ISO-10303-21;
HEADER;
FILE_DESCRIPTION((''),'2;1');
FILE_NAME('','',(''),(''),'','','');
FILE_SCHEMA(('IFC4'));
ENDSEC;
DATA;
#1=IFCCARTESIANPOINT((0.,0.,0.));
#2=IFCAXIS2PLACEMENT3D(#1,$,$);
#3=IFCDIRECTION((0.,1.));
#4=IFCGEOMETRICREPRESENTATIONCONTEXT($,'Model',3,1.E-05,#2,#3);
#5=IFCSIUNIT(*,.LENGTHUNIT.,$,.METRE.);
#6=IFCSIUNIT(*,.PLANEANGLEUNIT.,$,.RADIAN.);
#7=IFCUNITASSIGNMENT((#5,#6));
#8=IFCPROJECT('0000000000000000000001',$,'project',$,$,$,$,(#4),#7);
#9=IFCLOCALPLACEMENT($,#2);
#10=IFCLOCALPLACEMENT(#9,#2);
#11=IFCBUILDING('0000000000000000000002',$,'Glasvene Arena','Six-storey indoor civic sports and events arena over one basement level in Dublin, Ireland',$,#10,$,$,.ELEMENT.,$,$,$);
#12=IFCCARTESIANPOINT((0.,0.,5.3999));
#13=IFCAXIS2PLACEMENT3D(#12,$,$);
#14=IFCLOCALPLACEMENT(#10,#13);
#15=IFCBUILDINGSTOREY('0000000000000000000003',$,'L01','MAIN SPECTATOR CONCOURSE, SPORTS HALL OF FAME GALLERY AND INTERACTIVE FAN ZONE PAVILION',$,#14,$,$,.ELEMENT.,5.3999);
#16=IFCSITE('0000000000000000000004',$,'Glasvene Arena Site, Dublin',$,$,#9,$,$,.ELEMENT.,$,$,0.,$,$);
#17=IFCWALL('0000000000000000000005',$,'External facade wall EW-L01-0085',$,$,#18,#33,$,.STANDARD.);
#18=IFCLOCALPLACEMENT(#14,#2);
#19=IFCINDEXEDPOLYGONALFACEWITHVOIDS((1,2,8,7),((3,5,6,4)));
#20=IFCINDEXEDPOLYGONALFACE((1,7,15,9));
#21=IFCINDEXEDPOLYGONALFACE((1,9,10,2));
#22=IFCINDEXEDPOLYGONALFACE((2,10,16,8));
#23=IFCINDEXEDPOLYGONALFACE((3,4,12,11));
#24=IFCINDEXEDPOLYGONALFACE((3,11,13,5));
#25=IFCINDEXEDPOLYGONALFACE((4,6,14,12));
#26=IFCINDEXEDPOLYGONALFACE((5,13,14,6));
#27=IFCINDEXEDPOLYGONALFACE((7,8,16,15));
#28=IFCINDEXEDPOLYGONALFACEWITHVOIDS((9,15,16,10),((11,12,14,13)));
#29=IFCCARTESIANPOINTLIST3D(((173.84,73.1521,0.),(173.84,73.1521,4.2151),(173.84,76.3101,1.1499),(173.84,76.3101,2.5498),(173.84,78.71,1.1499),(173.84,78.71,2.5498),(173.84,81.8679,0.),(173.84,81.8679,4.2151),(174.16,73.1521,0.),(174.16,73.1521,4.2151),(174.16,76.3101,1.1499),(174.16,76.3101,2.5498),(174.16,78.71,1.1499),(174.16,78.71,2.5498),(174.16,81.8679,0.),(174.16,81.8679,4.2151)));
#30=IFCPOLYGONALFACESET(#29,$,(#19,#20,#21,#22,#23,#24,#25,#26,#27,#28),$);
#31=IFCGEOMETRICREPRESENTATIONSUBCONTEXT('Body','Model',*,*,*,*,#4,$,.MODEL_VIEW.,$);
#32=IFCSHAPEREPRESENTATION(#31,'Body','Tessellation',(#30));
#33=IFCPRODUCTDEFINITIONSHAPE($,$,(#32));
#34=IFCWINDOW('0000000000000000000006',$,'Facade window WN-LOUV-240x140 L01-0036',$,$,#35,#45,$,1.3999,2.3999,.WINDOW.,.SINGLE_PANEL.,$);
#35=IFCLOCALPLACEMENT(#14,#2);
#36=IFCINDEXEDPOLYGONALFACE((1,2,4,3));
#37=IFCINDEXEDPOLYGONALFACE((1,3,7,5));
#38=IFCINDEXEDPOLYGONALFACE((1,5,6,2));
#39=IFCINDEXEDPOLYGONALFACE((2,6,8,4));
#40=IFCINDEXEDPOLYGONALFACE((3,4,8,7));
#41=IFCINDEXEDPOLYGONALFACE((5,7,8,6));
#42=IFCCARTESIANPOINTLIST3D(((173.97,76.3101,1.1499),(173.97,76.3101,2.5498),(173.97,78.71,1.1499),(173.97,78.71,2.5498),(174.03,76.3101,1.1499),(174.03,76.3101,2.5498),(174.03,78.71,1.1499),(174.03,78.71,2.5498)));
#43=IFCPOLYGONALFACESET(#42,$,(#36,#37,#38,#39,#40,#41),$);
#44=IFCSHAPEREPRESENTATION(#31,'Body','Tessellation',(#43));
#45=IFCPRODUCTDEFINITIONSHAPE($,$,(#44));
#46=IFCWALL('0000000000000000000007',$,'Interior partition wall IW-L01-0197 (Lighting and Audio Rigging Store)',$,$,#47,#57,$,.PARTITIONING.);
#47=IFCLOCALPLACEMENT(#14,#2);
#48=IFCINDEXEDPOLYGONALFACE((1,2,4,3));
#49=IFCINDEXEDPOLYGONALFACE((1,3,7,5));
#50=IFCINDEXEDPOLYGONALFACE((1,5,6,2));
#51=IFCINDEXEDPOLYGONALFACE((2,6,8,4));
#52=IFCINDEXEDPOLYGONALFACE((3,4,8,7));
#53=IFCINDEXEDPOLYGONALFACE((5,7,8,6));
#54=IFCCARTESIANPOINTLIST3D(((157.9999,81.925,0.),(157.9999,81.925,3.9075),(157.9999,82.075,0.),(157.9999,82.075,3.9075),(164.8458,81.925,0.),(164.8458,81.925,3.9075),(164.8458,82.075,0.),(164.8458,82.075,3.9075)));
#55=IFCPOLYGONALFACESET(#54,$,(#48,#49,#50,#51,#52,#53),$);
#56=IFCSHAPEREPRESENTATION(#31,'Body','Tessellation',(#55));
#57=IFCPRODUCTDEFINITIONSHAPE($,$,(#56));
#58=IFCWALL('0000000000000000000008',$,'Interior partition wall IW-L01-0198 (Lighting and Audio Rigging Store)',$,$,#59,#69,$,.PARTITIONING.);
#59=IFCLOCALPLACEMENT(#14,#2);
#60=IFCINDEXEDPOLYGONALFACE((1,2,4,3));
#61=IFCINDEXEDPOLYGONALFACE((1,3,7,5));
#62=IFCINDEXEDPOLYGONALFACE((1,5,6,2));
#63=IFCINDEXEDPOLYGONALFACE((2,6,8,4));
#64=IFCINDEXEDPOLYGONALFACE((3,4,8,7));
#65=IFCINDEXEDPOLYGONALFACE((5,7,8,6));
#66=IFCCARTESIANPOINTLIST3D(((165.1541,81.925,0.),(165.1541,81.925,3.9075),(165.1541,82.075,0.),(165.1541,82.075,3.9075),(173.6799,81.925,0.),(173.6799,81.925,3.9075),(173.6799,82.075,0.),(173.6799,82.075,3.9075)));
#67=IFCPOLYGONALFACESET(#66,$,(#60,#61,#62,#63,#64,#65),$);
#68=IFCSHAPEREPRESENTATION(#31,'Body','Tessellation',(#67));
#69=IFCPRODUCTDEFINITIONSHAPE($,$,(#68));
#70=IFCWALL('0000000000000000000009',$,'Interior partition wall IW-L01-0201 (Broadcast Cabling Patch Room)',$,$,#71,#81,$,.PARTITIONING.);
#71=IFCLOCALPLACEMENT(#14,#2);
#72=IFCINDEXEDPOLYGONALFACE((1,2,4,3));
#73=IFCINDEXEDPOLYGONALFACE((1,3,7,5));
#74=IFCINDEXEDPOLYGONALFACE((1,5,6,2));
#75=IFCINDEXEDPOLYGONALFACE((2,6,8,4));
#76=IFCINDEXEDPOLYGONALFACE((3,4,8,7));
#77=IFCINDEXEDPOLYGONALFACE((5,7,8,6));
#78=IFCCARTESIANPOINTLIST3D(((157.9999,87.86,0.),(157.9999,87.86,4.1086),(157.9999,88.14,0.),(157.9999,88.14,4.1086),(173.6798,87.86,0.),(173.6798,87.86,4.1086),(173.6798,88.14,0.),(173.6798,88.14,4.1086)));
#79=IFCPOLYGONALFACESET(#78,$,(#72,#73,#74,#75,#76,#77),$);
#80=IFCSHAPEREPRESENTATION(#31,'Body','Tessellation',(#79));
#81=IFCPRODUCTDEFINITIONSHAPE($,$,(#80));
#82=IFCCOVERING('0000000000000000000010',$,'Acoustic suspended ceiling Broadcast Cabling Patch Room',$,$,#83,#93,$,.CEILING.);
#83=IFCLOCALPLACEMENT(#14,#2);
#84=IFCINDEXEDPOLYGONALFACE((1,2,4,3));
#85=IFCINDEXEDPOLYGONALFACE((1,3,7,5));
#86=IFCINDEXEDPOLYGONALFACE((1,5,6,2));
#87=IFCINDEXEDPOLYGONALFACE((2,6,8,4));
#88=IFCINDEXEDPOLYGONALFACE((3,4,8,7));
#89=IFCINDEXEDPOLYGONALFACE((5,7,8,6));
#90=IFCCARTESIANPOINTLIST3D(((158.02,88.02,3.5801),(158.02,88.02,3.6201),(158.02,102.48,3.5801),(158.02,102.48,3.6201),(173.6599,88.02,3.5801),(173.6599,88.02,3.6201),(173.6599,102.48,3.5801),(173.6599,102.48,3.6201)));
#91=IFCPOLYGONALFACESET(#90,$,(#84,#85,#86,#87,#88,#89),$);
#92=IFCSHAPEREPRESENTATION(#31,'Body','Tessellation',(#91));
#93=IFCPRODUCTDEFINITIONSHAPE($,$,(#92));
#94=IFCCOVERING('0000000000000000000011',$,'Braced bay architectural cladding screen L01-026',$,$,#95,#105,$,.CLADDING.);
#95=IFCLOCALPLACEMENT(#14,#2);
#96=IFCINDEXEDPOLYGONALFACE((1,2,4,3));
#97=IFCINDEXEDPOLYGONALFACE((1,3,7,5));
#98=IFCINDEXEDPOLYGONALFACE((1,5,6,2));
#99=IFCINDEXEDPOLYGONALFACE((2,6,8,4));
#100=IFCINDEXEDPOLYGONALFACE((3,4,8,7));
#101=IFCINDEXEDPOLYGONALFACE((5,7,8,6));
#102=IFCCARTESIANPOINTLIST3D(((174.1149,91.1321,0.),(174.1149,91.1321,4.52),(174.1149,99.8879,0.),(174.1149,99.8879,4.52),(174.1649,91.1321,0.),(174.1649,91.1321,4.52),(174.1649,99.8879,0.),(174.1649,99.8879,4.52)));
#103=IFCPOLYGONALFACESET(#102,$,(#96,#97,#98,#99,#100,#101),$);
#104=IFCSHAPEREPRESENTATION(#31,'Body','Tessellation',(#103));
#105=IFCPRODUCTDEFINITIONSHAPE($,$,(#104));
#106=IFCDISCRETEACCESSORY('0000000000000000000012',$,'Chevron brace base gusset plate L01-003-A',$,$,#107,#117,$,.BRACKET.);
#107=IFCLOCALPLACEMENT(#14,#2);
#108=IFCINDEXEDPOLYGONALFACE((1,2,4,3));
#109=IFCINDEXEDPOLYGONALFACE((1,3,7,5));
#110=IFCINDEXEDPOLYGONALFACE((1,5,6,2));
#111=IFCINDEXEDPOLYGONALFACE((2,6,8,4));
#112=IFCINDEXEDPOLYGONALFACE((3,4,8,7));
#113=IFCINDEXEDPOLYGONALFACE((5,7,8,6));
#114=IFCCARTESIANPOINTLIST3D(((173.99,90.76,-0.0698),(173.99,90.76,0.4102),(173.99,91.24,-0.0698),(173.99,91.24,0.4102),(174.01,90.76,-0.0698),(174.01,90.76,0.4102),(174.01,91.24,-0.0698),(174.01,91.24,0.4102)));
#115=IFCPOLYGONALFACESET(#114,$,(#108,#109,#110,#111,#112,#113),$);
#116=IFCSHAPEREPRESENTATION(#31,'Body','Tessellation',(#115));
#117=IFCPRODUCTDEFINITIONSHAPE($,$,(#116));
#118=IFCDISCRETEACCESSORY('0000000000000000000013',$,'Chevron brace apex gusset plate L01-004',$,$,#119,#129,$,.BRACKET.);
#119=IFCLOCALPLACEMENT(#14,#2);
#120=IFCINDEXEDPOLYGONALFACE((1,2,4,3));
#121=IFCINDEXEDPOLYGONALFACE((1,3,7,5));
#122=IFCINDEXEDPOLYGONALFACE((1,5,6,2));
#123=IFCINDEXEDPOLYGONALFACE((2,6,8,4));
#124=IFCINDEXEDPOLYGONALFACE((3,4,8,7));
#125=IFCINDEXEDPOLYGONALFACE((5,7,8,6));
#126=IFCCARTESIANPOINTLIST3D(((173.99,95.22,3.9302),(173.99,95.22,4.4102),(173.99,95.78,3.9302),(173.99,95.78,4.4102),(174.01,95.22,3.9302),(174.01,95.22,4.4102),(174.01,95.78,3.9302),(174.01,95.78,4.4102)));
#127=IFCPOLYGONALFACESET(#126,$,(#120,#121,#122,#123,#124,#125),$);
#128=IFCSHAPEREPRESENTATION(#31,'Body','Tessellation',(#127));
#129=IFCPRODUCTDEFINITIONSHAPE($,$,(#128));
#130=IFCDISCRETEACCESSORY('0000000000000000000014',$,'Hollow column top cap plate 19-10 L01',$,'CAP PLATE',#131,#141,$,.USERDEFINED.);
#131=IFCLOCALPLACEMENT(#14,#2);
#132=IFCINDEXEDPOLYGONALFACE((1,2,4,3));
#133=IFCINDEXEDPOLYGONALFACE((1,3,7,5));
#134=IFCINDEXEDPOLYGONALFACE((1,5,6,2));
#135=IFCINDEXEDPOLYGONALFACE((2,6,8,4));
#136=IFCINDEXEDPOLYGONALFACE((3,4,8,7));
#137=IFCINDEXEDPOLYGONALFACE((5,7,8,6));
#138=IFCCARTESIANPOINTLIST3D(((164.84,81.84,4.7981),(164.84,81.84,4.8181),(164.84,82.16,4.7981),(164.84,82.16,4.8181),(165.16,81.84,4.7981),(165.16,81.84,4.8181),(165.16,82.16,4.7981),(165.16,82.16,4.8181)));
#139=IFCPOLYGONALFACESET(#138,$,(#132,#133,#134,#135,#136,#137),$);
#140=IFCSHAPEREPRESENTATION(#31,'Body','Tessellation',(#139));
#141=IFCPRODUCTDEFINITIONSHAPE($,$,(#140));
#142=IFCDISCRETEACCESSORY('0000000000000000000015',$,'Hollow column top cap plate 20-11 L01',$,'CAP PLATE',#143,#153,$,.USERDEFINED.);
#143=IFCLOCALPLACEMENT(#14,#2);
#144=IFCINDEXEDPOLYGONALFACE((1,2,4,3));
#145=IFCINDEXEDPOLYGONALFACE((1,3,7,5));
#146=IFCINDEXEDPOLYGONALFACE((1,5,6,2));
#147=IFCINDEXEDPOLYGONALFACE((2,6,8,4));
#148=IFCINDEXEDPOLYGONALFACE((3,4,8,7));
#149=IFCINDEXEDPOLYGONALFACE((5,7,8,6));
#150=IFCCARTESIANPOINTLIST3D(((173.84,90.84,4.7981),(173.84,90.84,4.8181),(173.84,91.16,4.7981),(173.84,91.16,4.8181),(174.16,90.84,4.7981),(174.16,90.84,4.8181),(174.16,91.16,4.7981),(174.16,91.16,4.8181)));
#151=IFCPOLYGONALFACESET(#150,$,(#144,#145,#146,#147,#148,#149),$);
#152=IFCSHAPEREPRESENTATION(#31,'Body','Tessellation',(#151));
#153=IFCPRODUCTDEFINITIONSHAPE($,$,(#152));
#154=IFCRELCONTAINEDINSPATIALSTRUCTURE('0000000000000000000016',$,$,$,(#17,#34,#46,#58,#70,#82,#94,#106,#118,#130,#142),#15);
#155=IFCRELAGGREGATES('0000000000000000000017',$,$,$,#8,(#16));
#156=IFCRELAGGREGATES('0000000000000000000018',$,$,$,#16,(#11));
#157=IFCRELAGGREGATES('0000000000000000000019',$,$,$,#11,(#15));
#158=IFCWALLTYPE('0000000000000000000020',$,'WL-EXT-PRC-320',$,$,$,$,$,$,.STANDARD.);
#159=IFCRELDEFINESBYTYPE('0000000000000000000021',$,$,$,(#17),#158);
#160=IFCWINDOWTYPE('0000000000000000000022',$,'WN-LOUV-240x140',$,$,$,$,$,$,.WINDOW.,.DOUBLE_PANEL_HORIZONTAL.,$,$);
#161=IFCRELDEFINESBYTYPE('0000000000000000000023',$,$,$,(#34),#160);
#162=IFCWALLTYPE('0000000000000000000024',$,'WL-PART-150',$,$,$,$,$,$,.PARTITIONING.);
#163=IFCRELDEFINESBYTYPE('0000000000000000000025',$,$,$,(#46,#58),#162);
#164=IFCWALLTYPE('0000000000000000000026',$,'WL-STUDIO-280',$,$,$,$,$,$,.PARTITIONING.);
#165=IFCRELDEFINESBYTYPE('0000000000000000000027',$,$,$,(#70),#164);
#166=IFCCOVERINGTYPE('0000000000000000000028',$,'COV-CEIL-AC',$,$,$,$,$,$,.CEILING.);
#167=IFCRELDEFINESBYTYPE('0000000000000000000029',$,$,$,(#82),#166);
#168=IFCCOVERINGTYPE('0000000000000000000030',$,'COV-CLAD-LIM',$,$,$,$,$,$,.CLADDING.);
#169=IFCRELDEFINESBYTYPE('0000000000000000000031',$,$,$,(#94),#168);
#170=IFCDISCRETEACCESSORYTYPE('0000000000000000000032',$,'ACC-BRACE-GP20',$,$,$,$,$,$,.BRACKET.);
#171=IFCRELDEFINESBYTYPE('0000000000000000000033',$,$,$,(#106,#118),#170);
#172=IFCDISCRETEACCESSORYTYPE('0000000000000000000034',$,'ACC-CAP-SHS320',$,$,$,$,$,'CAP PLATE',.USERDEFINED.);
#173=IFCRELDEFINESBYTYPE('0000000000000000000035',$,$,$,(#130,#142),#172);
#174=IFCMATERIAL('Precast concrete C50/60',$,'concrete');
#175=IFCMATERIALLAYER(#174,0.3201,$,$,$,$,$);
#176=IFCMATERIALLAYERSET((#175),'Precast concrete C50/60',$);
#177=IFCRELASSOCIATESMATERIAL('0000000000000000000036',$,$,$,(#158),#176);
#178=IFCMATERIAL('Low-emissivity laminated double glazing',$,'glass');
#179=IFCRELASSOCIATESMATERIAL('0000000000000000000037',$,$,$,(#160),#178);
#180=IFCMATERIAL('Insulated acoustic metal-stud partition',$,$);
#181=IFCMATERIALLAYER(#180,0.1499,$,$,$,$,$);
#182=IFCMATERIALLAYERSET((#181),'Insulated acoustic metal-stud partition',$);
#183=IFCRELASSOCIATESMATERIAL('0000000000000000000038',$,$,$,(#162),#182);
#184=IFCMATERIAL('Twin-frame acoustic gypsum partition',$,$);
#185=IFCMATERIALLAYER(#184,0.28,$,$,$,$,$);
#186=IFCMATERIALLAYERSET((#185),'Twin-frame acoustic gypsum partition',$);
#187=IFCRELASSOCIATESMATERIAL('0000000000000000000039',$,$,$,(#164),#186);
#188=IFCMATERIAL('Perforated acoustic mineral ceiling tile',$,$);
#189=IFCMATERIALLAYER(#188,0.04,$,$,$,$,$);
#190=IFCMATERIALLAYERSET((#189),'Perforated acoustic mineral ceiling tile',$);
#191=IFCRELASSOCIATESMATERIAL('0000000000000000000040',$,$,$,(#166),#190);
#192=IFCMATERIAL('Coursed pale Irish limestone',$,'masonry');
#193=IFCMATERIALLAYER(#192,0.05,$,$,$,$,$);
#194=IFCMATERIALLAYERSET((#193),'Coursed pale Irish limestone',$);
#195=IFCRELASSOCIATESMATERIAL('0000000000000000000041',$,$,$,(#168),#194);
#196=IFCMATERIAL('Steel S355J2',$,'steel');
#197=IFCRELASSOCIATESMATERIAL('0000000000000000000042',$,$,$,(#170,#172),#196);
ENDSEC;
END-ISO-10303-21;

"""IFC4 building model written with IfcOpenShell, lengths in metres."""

from ifc_helpers import new_model, si_unit, direction, frame, frame_2d, origin, origin_2d, place, context, subcontext, project, spatial, polyline, rectangle, outline, extrude, material, layer, layer_set, type_object, element, fill, save


model = new_model("IFC4")

# Units and contexts
model_context = context("Model", 3, precision=1e-05, world=origin(), true_north=direction((0.0, 1.0)))
body_context = subcontext(model_context, "Body", "Model", "MODEL_VIEW")
ifc_project = project(units=[si_unit("LENGTHUNIT", "METRE"), si_unit("PLANEANGLEUNIT", "RADIAN")], contexts=[model_context])

# Site, building, storey
site_placement = place(None, origin())
site = spatial("IfcSite", under=ifc_project, at=site_placement, Name="Glasvene Arena Site, Dublin", CompositionType="ELEMENT", RefElevation=0.0)
building_placement = place(site_placement, origin())
building = spatial("IfcBuilding", under=site, at=building_placement, Name="Glasvene Arena", Description="Six-storey indoor civic sports and events arena over one basement level in Dublin, Ireland", CompositionType="ELEMENT")
storey_placement = place(building_placement, frame((0.0, 0.0, 5.3999)))
storey = spatial("IfcBuildingStorey", under=building, at=storey_placement, Name="L01", Description="MAIN SPECTATOR CONCOURSE, SPORTS HALL OF FAME GALLERY AND INTERACTIVE FAN ZONE PAVILION", CompositionType="ELEMENT", Elevation=5.3999)

# Shared definitions
ifc_material_1 = material(Name="Steel S355J2", Category="steel")

# Wall, opening, window
ifc_material_2 = material(Name="Precast concrete C50/60", Category="concrete")
ifc_layer_1 = layer(ifc_material_2, 0.3201)
ifc_layer_set_1 = layer_set([ifc_layer_1], Name="Precast concrete C50/60")
wall_type_1 = type_object("IfcWallType", Name="WL-EXT-PRC-320", PredefinedType="STANDARD", material=ifc_layer_set_1)
ifc_material_3 = material(Name="Low-emissivity laminated double glazing", Category="glass")
window_type = type_object("IfcWindowType", Name="WN-LOUV-240x140", PartitioningType="DOUBLE_PANEL_HORIZONTAL", PredefinedType="WINDOW", material=ifc_material_3)
wall_1_placement = place(storey_placement, frame((174.0, 81.8679, 0.0), z_axis=(0.0, 0.0, 1.0), x_axis=(0.0, -1.0, 0.0)))
wall_1 = element("IfcWall", 1, at=wall_1_placement, inside=storey, type_object=wall_type_1, Name="External facade wall EW-L01-0085", PredefinedType="STANDARD", context=body_context, shape_type="SweptSolid", body=[
    extrude(rectangle(XDim=8.7158, YDim=0.3201, at=frame_2d((4.3579, 0.0))), origin(), (0.0, 0.0, 1.0), 4.2151),
])
opening_1_placement = place(wall_1_placement, frame((3.158, 0.0, 1.1499)))
opening_1 = element("IfcOpeningElement", 2, at=opening_1_placement, cuts=wall_1, PredefinedType="OPENING", context=body_context, shape_type="SweptSolid", body=[
    extrude(rectangle(XDim=2.3999, YDim=1.3999, at=frame_2d((1.2, 0.7))), frame((0.0, 0.1699, 0.0), z_axis=(0.0, -1.0, 0.0), x_axis=(1.0, 0.0, 0.0)), (0.0, 0.0, 1.0), 0.3401),
])
window_1_placement = place(opening_1_placement, origin())
window_1 = element("IfcWindow", 3, at=window_1_placement, inside=storey, type_object=window_type, Name="Facade window WN-LOUV-240x140 L01-0036", OverallHeight=1.3999, OverallWidth=2.3999, PartitioningType="SINGLE_PANEL", PredefinedType="WINDOW", context=body_context, shape_type="SweptSolid", body=[
    extrude(rectangle(XDim=2.3999, YDim=1.3999, at=frame_2d((1.2, 0.7))), frame((0.0, 0.03, 0.0), z_axis=(0.0, -1.0, 0.0), x_axis=(1.0, 0.0, 0.0)), (0.0, 0.0, 1.0), 0.0601),
])
fill(opening_1, window_1)

# Walls
ifc_material_4 = material(Name="Insulated acoustic metal-stud partition")
ifc_layer_2 = layer(ifc_material_4, 0.1499)
ifc_layer_set_2 = layer_set([ifc_layer_2], Name="Insulated acoustic metal-stud partition")
wall_type_2 = type_object("IfcWallType", Name="WL-PART-150", PredefinedType="PARTITIONING", material=ifc_layer_set_2)
wall_2_placement = place(storey_placement, frame((158.0, 82.0, 0.0), z_axis=(0.0, 0.0, 1.0), x_axis=(1.0, 0.0, 0.0)))
element("IfcWall", 4, at=wall_2_placement, inside=storey, type_object=wall_type_2, Name="Interior partition wall IW-L01-0197 (Lighting and Audio Rigging Store)", PredefinedType="PARTITIONING", context=body_context, shape_type="SweptSolid", body=[
    extrude(rectangle(XDim=6.8459, YDim=0.1499, at=frame_2d((3.4229, 0.0))), origin(), (0.0, 0.0, 1.0), 3.9075),
])
wall_3_placement = place(storey_placement, frame((165.1541, 82.0, 0.0), z_axis=(0.0, 0.0, 1.0), x_axis=(1.0, 0.0, 0.0)))
element("IfcWall", 5, at=wall_3_placement, inside=storey, type_object=wall_type_2, Name="Interior partition wall IW-L01-0198 (Lighting and Audio Rigging Store)", PredefinedType="PARTITIONING", context=body_context, shape_type="SweptSolid", body=[
    extrude(rectangle(XDim=8.5259, YDim=0.1499, at=frame_2d((4.2629, 0.0))), origin(), (0.0, 0.0, 1.0), 3.9075),
])
ifc_material_5 = material(Name="Twin-frame acoustic gypsum partition")
ifc_layer_3 = layer(ifc_material_5, 0.28)
ifc_layer_set_3 = layer_set([ifc_layer_3], Name="Twin-frame acoustic gypsum partition")
wall_type_3 = type_object("IfcWallType", Name="WL-STUDIO-280", PredefinedType="PARTITIONING", material=ifc_layer_set_3)
wall_4_placement = place(storey_placement, frame((158.0, 88.0, 0.0), z_axis=(0.0, 0.0, 1.0), x_axis=(1.0, 0.0, 0.0)))
element("IfcWall", 6, at=wall_4_placement, inside=storey, type_object=wall_type_3, Name="Interior partition wall IW-L01-0201 (Broadcast Cabling Patch Room)", PredefinedType="PARTITIONING", context=body_context, shape_type="SweptSolid", body=[
    extrude(rectangle(XDim=15.6799, YDim=0.28, at=frame_2d((7.8398, 0.0))), origin(), (0.0, 0.0, 1.0), 4.1086),
])

# Coverings
ifc_material_6 = material(Name="Perforated acoustic mineral ceiling tile")
ifc_layer_4 = layer(ifc_material_6, 0.04)
ifc_layer_set_4 = layer_set([ifc_layer_4], Name="Perforated acoustic mineral ceiling tile")
covering_type_1 = type_object("IfcCoveringType", Name="COV-CEIL-AC", PredefinedType="CEILING", material=ifc_layer_set_4)
covering_1_placement = place(storey_placement, frame((165.8401, 95.25, 3.5801)))
element("IfcCovering", 7, at=covering_1_placement, inside=storey, type_object=covering_type_1, Name="Acoustic suspended ceiling Broadcast Cabling Patch Room", PredefinedType="CEILING", context=body_context, shape_type="SweptSolid", body=[
    extrude(outline(polyline([(-7.8201, -7.23), (-7.8201, 7.23), (7.8198, 7.23), (7.8198, -7.23), (-7.8201, -7.23)])), origin(), (0.0, 0.0, 1.0), 0.04),
])
ifc_material_7 = material(Name="Coursed pale Irish limestone", Category="masonry")
ifc_layer_5 = layer(ifc_material_7, 0.05)
ifc_layer_set_5 = layer_set([ifc_layer_5], Name="Coursed pale Irish limestone")
covering_type_2 = type_object("IfcCoveringType", Name="COV-CLAD-LIM", PredefinedType="CLADDING", material=ifc_layer_set_5)
covering_2_placement = place(storey_placement, frame((174.1399, 95.51, 0.0), z_axis=(0.0, 0.0, 1.0), x_axis=(0.0, -1.0, 0.0)))
element("IfcCovering", 8, at=covering_2_placement, inside=storey, type_object=covering_type_2, Name="Braced bay architectural cladding screen L01-026", PredefinedType="CLADDING", context=body_context, shape_type="SweptSolid", body=[
    extrude(rectangle(XDim=8.7559, YDim=0.05, at=origin_2d()), origin(), (0.0, 0.0, 1.0), 4.52),
])

# Discrete accessories
discrete_accessory_type_1 = type_object("IfcDiscreteAccessoryType", Name="ACC-BRACE-GP20", PredefinedType="BRACKET", material=ifc_material_1)
discrete_accessory_1_placement = place(storey_placement, frame((174.0, 91.0, -0.0698), z_axis=(0.0, 0.0, 1.0), x_axis=(1.0, 0.0, 0.0)))
element("IfcDiscreteAccessory", 9, at=discrete_accessory_1_placement, inside=storey, type_object=discrete_accessory_type_1, Name="Chevron brace base gusset plate L01-003-A", PredefinedType="BRACKET", context=body_context, shape_type="SweptSolid", body=[
    extrude(rectangle(XDim=0.02, YDim=0.48, at=origin_2d()), origin(), (0.0, 0.0, 1.0), 0.48),
])
discrete_accessory_2_placement = place(storey_placement, frame((174.0, 95.5, 3.9302), z_axis=(0.0, 0.0, 1.0), x_axis=(1.0, 0.0, 0.0)))
element("IfcDiscreteAccessory", 10, at=discrete_accessory_2_placement, inside=storey, type_object=discrete_accessory_type_1, Name="Chevron brace apex gusset plate L01-004", PredefinedType="BRACKET", context=body_context, shape_type="SweptSolid", body=[
    extrude(rectangle(XDim=0.02, YDim=0.5601, at=origin_2d()), origin(), (0.0, 0.0, 1.0), 0.48),
])
discrete_accessory_type_2 = type_object("IfcDiscreteAccessoryType", Name="ACC-CAP-SHS320", ElementType="CAP PLATE", PredefinedType="USERDEFINED", material=ifc_material_1)
for number, where, z_axis, x_axis, name in (
    (11, (165.0, 82.0, 4.7981), (0.0, 0.0, 1.0), (1.0, 0.0, 0.0), "Hollow column top cap plate 19-10 L01"),
    (12, (174.0, 91.0, 4.7981), (0.0, 0.0, 1.0), (1.0, 0.0, 0.0), "Hollow column top cap plate 20-11 L01"),
):
    element("IfcDiscreteAccessory", number, at=place(storey_placement, frame(where, z_axis=z_axis, x_axis=x_axis)), inside=storey, type_object=discrete_accessory_type_2, Name=name, ObjectType="CAP PLATE", PredefinedType="USERDEFINED", context=body_context, shape_type="SweptSolid", body=[
        extrude(rectangle(XDim=0.3201, YDim=0.3201, at=origin_2d()), origin(), (0.0, 0.0, 1.0), 0.02),
    ])

save(model, "model.ifc")
